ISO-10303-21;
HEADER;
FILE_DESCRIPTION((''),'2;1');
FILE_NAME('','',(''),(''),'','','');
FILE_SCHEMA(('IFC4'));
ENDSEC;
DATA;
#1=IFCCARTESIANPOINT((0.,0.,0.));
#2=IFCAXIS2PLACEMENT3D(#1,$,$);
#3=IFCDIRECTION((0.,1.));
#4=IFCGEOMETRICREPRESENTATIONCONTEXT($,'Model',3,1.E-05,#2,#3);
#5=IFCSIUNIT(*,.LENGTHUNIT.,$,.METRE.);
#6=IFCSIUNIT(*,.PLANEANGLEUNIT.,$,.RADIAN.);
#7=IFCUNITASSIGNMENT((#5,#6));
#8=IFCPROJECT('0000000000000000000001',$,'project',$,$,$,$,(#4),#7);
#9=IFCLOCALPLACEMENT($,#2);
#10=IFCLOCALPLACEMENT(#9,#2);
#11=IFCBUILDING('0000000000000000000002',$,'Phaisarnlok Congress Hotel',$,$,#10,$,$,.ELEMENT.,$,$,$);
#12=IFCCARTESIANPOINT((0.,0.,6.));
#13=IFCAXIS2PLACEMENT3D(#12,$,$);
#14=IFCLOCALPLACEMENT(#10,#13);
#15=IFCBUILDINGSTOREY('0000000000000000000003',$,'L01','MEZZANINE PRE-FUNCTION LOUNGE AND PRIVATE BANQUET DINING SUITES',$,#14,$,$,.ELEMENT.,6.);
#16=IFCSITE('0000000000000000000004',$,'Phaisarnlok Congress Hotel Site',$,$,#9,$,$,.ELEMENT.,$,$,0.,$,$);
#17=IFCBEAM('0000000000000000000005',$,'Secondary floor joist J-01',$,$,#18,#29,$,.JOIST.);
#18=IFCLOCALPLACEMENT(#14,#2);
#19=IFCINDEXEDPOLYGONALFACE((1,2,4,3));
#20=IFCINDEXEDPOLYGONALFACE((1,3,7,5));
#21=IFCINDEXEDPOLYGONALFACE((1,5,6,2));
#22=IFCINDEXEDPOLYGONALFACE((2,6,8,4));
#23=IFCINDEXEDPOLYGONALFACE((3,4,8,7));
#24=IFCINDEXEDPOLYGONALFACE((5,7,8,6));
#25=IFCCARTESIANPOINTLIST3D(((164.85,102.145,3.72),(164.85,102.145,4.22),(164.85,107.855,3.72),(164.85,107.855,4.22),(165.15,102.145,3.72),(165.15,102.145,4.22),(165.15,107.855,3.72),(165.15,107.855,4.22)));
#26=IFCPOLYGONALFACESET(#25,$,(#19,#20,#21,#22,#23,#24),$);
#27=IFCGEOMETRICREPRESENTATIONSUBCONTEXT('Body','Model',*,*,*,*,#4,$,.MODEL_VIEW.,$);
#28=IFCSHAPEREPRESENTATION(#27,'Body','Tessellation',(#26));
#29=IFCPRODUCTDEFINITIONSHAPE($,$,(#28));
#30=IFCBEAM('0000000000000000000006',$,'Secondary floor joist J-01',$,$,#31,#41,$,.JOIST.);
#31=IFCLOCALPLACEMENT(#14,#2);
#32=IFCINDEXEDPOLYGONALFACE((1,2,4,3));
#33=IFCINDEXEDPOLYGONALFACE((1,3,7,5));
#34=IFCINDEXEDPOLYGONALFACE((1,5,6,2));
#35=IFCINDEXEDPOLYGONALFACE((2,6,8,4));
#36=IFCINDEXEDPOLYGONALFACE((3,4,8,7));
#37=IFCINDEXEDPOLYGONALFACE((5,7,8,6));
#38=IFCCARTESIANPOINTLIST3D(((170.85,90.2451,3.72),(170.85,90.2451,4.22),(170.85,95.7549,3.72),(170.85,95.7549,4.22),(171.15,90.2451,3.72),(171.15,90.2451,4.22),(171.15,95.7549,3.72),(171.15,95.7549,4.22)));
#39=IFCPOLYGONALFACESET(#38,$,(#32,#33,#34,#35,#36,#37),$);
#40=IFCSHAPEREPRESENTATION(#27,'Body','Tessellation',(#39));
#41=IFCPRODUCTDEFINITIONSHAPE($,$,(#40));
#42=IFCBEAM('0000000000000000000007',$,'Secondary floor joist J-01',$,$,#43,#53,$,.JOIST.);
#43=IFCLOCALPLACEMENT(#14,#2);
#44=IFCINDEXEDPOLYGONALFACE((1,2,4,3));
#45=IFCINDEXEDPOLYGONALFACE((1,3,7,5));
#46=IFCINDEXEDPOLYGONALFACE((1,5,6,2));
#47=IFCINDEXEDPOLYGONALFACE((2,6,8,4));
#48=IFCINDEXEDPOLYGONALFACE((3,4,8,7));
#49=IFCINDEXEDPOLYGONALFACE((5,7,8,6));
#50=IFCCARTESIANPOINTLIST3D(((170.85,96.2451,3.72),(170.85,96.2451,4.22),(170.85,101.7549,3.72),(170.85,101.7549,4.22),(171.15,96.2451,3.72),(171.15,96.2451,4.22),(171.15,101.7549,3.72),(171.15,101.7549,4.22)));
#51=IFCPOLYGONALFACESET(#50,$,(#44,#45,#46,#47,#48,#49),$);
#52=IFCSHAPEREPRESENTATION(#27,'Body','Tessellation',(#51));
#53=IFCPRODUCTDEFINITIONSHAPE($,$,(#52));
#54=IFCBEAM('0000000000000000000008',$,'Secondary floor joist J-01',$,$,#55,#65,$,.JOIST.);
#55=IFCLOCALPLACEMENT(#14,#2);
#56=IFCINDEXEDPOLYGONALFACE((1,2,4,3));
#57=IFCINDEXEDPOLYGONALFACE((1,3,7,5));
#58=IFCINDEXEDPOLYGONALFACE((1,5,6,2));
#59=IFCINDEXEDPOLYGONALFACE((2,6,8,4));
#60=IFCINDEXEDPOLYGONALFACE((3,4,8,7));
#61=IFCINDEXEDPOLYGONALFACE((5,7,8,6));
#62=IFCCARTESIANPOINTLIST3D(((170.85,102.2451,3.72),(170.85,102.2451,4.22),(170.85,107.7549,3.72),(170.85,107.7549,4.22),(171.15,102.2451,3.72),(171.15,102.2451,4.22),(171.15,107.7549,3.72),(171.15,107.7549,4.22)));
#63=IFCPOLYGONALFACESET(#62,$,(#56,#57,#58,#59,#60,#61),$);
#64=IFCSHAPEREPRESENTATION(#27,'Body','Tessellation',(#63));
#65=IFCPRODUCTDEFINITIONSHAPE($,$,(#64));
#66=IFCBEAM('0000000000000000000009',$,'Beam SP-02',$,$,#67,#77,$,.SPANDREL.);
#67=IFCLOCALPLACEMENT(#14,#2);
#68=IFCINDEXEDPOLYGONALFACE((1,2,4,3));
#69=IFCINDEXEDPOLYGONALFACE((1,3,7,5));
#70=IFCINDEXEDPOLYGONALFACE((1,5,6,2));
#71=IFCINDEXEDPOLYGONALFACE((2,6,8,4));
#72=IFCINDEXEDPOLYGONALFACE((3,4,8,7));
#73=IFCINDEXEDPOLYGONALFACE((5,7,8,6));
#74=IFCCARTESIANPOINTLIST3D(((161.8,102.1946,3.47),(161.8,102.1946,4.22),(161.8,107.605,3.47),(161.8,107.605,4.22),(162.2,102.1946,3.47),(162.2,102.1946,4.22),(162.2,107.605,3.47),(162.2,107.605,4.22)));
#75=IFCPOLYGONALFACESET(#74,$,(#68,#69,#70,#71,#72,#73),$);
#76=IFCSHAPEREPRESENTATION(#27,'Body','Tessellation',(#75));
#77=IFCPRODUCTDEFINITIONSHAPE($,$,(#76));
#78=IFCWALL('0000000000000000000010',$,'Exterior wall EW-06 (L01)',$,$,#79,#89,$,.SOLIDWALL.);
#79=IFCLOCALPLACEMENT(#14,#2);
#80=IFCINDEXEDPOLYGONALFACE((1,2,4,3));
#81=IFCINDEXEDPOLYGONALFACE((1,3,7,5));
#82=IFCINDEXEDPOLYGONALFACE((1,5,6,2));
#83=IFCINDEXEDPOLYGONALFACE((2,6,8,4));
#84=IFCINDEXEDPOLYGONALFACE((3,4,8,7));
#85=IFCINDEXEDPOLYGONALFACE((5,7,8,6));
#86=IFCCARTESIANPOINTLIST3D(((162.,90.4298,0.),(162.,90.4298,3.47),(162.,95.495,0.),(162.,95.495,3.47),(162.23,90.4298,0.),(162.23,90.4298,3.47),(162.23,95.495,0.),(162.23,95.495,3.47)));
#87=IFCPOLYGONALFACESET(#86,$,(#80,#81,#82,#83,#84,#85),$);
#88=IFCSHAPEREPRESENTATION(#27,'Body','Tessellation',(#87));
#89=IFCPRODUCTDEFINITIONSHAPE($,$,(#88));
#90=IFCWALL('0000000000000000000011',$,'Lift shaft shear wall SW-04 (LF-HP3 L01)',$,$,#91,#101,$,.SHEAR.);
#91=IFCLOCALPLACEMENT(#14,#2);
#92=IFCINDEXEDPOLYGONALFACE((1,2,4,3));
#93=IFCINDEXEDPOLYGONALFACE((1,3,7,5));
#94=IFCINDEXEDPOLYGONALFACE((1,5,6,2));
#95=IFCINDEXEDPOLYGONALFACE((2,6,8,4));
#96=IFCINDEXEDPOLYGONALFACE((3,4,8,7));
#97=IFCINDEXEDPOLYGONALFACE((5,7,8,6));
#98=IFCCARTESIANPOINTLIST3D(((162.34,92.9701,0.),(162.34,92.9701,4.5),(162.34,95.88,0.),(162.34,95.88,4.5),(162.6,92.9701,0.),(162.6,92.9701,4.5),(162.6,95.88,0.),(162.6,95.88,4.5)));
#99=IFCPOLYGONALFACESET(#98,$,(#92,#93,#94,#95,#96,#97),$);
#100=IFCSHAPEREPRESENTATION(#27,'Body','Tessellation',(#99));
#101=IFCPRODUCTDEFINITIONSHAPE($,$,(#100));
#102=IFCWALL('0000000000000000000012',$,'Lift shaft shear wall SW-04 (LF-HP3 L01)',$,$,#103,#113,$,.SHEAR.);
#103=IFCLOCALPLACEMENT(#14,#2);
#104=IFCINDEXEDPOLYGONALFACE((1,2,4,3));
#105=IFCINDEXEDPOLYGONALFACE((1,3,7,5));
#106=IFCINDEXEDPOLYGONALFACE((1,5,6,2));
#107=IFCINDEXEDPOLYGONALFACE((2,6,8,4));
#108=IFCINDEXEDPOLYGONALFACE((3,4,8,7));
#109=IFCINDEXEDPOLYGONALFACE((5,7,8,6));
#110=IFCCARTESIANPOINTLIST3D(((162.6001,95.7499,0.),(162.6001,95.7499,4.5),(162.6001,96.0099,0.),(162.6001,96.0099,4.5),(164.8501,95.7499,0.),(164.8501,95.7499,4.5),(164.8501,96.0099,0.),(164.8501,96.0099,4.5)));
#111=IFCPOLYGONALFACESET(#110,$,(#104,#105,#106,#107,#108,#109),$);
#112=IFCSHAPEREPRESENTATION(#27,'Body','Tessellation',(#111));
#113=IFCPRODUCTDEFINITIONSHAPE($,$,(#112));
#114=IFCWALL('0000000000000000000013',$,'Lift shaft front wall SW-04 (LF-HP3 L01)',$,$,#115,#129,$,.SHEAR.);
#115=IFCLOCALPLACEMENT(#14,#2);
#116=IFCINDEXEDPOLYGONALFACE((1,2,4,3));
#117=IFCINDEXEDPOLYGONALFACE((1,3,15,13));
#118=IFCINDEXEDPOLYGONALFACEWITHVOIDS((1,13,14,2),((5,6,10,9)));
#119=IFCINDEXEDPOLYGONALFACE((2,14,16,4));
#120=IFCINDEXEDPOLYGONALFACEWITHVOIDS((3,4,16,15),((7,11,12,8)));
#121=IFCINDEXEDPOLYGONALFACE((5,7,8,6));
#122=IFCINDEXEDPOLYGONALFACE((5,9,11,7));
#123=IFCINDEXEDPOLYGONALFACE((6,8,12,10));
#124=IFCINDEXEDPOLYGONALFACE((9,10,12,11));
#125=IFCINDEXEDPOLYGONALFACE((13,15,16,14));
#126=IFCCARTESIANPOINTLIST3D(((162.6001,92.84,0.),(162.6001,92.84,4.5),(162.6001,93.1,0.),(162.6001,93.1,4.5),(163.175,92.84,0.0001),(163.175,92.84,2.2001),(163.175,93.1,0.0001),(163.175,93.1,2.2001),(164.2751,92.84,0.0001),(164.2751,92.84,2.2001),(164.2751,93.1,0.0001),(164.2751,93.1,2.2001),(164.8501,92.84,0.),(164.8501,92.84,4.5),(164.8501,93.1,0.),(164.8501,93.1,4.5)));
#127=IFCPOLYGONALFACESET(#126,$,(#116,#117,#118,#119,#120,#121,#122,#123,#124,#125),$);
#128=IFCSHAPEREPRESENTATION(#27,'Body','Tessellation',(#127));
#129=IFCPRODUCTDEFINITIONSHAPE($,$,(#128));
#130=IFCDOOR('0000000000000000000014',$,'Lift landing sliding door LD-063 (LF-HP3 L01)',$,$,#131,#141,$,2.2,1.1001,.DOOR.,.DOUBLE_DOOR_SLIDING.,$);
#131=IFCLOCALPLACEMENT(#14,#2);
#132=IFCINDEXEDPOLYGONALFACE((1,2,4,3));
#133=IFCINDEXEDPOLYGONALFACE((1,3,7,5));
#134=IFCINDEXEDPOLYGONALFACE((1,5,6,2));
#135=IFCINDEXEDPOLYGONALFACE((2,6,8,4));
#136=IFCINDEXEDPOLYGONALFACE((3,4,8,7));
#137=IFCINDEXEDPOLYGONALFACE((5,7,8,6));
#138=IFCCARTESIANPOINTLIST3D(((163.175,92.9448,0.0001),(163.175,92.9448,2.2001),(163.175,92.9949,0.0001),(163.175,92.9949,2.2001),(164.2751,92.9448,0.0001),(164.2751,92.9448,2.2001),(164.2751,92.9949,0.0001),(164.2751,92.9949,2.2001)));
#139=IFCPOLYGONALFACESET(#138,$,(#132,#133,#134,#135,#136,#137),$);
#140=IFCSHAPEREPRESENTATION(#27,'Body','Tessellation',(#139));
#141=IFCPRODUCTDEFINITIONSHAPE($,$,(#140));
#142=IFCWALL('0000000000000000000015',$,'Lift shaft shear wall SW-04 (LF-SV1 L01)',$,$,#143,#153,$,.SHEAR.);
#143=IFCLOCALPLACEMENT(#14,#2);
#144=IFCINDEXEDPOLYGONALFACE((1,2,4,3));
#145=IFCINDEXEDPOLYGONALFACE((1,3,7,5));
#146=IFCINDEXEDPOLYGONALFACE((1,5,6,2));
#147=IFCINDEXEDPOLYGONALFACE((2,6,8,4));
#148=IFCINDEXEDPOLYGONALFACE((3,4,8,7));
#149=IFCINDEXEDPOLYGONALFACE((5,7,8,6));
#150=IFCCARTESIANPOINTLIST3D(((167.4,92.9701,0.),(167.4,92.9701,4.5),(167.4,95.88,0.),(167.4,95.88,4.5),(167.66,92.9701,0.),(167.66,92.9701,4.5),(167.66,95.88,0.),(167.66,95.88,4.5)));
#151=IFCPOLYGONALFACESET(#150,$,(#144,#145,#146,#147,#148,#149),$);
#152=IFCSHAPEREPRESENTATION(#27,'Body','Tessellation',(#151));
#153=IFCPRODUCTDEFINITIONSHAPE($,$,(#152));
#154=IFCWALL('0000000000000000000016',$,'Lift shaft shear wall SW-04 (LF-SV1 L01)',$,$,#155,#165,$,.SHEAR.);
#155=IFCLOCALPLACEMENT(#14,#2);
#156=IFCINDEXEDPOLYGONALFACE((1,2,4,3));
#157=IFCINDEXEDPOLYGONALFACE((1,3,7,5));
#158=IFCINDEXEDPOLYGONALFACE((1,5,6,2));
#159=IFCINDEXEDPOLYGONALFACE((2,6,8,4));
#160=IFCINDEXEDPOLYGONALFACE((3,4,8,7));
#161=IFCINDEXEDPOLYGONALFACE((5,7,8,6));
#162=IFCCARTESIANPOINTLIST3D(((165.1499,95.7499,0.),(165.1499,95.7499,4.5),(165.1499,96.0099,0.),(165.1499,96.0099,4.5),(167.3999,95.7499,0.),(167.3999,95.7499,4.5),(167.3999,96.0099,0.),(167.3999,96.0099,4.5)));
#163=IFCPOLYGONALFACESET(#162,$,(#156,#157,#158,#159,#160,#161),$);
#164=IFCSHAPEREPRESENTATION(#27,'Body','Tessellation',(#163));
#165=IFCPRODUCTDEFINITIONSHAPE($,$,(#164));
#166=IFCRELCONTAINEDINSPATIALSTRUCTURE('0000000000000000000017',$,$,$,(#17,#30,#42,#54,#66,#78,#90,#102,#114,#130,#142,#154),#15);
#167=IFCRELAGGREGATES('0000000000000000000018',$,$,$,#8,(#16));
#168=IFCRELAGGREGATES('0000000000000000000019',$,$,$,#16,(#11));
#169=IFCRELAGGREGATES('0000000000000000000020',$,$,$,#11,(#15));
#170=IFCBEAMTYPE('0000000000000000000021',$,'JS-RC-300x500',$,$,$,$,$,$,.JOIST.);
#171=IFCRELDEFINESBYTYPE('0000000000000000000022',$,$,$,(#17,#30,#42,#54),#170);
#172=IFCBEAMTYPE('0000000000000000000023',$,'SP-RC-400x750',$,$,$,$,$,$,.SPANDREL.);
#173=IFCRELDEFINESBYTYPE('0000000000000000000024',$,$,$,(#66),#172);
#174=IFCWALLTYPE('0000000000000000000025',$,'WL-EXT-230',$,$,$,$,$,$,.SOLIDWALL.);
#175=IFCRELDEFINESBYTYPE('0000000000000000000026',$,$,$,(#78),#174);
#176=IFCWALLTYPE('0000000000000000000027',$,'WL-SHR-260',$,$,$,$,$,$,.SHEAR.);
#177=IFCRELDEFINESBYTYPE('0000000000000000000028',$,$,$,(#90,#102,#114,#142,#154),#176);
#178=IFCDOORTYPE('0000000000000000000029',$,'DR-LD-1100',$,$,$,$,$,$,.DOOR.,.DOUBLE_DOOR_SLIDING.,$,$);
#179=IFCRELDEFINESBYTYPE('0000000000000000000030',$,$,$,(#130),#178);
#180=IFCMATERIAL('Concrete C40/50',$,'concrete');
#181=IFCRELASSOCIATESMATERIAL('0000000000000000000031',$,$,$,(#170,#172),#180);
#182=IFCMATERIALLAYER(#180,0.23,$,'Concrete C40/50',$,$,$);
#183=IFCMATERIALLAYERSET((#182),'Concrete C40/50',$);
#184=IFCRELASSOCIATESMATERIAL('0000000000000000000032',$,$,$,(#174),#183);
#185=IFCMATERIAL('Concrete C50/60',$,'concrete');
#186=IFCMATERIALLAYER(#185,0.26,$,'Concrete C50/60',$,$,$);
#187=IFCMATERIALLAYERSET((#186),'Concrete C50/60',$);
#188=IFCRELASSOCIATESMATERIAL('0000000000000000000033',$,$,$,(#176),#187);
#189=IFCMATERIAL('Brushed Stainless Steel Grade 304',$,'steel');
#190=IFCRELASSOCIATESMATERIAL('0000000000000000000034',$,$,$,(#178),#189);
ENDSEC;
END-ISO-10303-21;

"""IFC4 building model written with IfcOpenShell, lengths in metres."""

from ifc_helpers import new_model, si_unit, direction, frame, frame_2d, origin, origin_2d, place, context, subcontext, project, spatial, rectangle, extrude, material, layer, layer_set, material_profile, profile_set, type_object, element, fill, save


model = new_model("IFC4")

# Units and contexts
model_context = context("Model", 3, precision=1e-05, world=origin(), true_north=direction((0.0, 1.0)))
body_context = subcontext(model_context, "Body", "Model", "MODEL_VIEW")
ifc_project = project(units=[si_unit("LENGTHUNIT", "METRE"), si_unit("PLANEANGLEUNIT", "RADIAN")], contexts=[model_context])

# Site, building, storey
site_placement = place(None, origin())
site = spatial("IfcSite", under=ifc_project, at=site_placement, Name="Phaisarnlok Congress Hotel Site", CompositionType="ELEMENT", RefElevation=0.0)
building_placement = place(site_placement, origin())
building = spatial("IfcBuilding", under=site, at=building_placement, Name="Phaisarnlok Congress Hotel", CompositionType="ELEMENT")
storey_placement = place(building_placement, frame((0.0, 0.0, 6.0)))
storey = spatial("IfcBuildingStorey", under=building, at=storey_placement, Name="L01", Description="MEZZANINE PRE-FUNCTION LOUNGE AND PRIVATE BANQUET DINING SUITES", CompositionType="ELEMENT", Elevation=6.0)

# Shared definitions
ifc_material_1 = material(Name="Concrete C50/60", Category="concrete")

# Beams
ifc_material_2 = material(Name="Concrete C40/50", Category="concrete")
ifc_material_profile_1 = material_profile(ifc_material_2, rectangle(XDim=0.3, YDim=0.5, at=origin_2d()), Name="RC 300x500")
ifc_profile_set_1 = profile_set([ifc_material_profile_1], Name="Concrete C40/50")
beam_type_1 = type_object("IfcBeamType", Name="JS-RC-300x500", PredefinedType="JOIST", material=ifc_profile_set_1)
beam_1_placement = place(storey_placement, frame((165.0, 102.145, 3.97), z_axis=(0.0, 1.0, 0.0), x_axis=(-1.0, 0.0, 0.0)))
element("IfcBeam", 1, at=beam_1_placement, inside=storey, type_object=beam_type_1, Name="Secondary floor joist J-01", PredefinedType="JOIST", context=body_context, shape_type="SweptSolid", body=[
    extrude(rectangle(XDim=0.3, YDim=0.5, at=origin_2d()), origin(), (0.0, 0.0, 1.0), 5.71),
])
for number, where, z_axis, x_axis, name in (
    (2, (171.0, 90.2451, 3.97), (0.0, 1.0, 0.0), (-1.0, 0.0, 0.0), "Secondary floor joist J-01"),
    (3, (171.0, 96.2451, 3.97), (0.0, 1.0, 0.0), (-1.0, 0.0, 0.0), "Secondary floor joist J-01"),
    (4, (171.0, 102.2451, 3.97), (0.0, 1.0, 0.0), (-1.0, 0.0, 0.0), "Secondary floor joist J-01"),
):
    element("IfcBeam", number, at=place(storey_placement, frame(where, z_axis=z_axis, x_axis=x_axis)), inside=storey, type_object=beam_type_1, Name=name, PredefinedType="JOIST", context=body_context, shape_type="SweptSolid", body=[
        extrude(rectangle(XDim=0.3, YDim=0.5, at=origin_2d()), origin(), (0.0, 0.0, 1.0), 5.5098),
    ])
ifc_material_profile_2 = material_profile(ifc_material_2, rectangle(XDim=0.3999, YDim=0.75, at=origin_2d()), Name="RC 400x750")
ifc_profile_set_2 = profile_set([ifc_material_profile_2], Name="Concrete C40/50")
beam_type_2 = type_object("IfcBeamType", Name="SP-RC-400x750", PredefinedType="SPANDREL", material=ifc_profile_set_2)
beam_2_placement = place(storey_placement, frame((162.0, 102.1946, 3.845), z_axis=(0.0, 1.0, 0.0), x_axis=(-1.0, 0.0, 0.0)))
element("IfcBeam", 5, at=beam_2_placement, inside=storey, type_object=beam_type_2, Name="Beam SP-02", PredefinedType="SPANDREL", context=body_context, shape_type="SweptSolid", body=[
    extrude(rectangle(XDim=0.3999, YDim=0.75, at=origin_2d()), origin(), (0.0, 0.0, 1.0), 5.4104),
])

# Walls
ifc_layer_1 = layer(ifc_material_2, 0.23, Name="Concrete C40/50")
ifc_layer_set_1 = layer_set([ifc_layer_1], Name="Concrete C40/50")
wall_type_1 = type_object("IfcWallType", Name="WL-EXT-230", PredefinedType="SOLIDWALL", material=ifc_layer_set_1)
wall_1_placement = place(storey_placement, frame((162.115, 95.4951, 0.0), z_axis=(0.0, 0.0, 1.0), x_axis=(0.0, -1.0, 0.0)))
element("IfcWall", 6, at=wall_1_placement, inside=storey, type_object=wall_type_1, Name="Exterior wall EW-06 (L01)", PredefinedType="SOLIDWALL", context=body_context, shape_type="SweptSolid", body=[
    extrude(rectangle(XDim=5.0652, YDim=0.23, at=frame_2d((2.5327, 0.0))), origin(), (0.0, 0.0, 1.0), 3.47),
])
ifc_layer_2 = layer(ifc_material_1, 0.26, Name="Concrete C50/60")
ifc_layer_set_2 = layer_set([ifc_layer_2], Name="Concrete C50/60")
wall_type_2 = type_object("IfcWallType", Name="WL-SHR-260", PredefinedType="SHEAR", material=ifc_layer_set_2)
wall_2_placement = place(storey_placement, frame((162.47, 92.97, 0.0), z_axis=(0.0, 0.0, 1.0), x_axis=(0.0, 1.0, 0.0)))
element("IfcWall", 7, at=wall_2_placement, inside=storey, type_object=wall_type_2, Name="Lift shaft shear wall SW-04 (LF-HP3 L01)", PredefinedType="SHEAR", context=body_context, shape_type="SweptSolid", body=[
    extrude(rectangle(XDim=2.9099, YDim=0.26, at=frame_2d((1.4551, 0.0))), origin(), (0.0, 0.0, 1.0), 4.5),
])
wall_3_placement = place(storey_placement, frame((162.6001, 95.8799, 0.0), z_axis=(0.0, 0.0, 1.0), x_axis=(1.0, 0.0, 0.0)))
element("IfcWall", 8, at=wall_3_placement, inside=storey, type_object=wall_type_2, Name="Lift shaft shear wall SW-04 (LF-HP3 L01)", PredefinedType="SHEAR", context=body_context, shape_type="SweptSolid", body=[
    extrude(rectangle(XDim=2.25, YDim=0.26, at=frame_2d((1.125, 0.0))), origin(), (0.0, 0.0, 1.0), 4.5),
])

# Wall, opening, door
wall_4_placement = place(storey_placement, frame((162.6001, 92.97, 0.0), z_axis=(0.0, 0.0, 1.0), x_axis=(1.0, 0.0, 0.0)))
wall_4 = element("IfcWall", 9, at=wall_4_placement, inside=storey, type_object=wall_type_2, Name="Lift shaft front wall SW-04 (LF-HP3 L01)", PredefinedType="SHEAR", context=body_context, shape_type="SweptSolid", body=[
    extrude(rectangle(XDim=2.25, YDim=0.26, at=frame_2d((1.125, 0.0))), origin(), (0.0, 0.0, 1.0), 4.5),
])
opening_1_placement = place(wall_4_placement, frame((0.575, 0.0, 0.0)))
opening_1 = element("IfcOpeningElement", 10, at=opening_1_placement, cuts=wall_4, PredefinedType="OPENING", context=body_context, shape_type="SweptSolid", body=[
    extrude(rectangle(XDim=1.1001, YDim=2.2, at=frame_2d((0.55, 1.1001))), frame((0.0, 0.1401, 0.0), z_axis=(0.0, -1.0, 0.0), x_axis=(1.0, 0.0, 0.0)), (0.0, 0.0, 1.0), 0.28),
])
ifc_material_3 = material(Name="Brushed Stainless Steel Grade 304", Category="steel")
door_type_1 = type_object("IfcDoorType", Name="DR-LD-1100", OperationType="DOUBLE_DOOR_SLIDING", PredefinedType="DOOR", material=ifc_material_3)
door_1_placement = place(opening_1_placement, origin())
door_1 = element("IfcDoor", 11, at=door_1_placement, inside=storey, type_object=door_type_1, Name="Lift landing sliding door LD-063 (LF-HP3 L01)", OperationType="DOUBLE_DOOR_SLIDING", OverallHeight=2.2, OverallWidth=1.1001, PredefinedType="DOOR", context=body_context, shape_type="SweptSolid", body=[
    extrude(rectangle(XDim=1.1001, YDim=2.2, at=frame_2d((0.55, 1.1001))), frame((0.0, 0.0249, 0.0), z_axis=(0.0, -1.0, 0.0), x_axis=(1.0, 0.0, 0.0)), (0.0, 0.0, 1.0), 0.05),
])
fill(opening_1, door_1)

# Walls
wall_5_placement = place(storey_placement, frame((167.53, 92.97, 0.0), z_axis=(0.0, 0.0, 1.0), x_axis=(0.0, 1.0, 0.0)))
element("IfcWall", 12, at=wall_5_placement, inside=storey, type_object=wall_type_2, Name="Lift shaft shear wall SW-04 (LF-SV1 L01)", PredefinedType="SHEAR", context=body_context, shape_type="SweptSolid", body=[
    extrude(rectangle(XDim=2.9099, YDim=0.26, at=frame_2d((1.4551, 0.0))), origin(), (0.0, 0.0, 1.0), 4.5),
])
wall_6_placement = place(storey_placement, frame((165.1499, 95.8799, 0.0), z_axis=(0.0, 0.0, 1.0), x_axis=(1.0, 0.0, 0.0)))
element("IfcWall", 13, at=wall_6_placement, inside=storey, type_object=wall_type_2, Name="Lift shaft shear wall SW-04 (LF-SV1 L01)", PredefinedType="SHEAR", context=body_context, shape_type="SweptSolid", body=[
    extrude(rectangle(XDim=2.25, YDim=0.26, at=frame_2d((1.125, 0.0))), origin(), (0.0, 0.0, 1.0), 4.5),
])

save(model, "model.ifc")
